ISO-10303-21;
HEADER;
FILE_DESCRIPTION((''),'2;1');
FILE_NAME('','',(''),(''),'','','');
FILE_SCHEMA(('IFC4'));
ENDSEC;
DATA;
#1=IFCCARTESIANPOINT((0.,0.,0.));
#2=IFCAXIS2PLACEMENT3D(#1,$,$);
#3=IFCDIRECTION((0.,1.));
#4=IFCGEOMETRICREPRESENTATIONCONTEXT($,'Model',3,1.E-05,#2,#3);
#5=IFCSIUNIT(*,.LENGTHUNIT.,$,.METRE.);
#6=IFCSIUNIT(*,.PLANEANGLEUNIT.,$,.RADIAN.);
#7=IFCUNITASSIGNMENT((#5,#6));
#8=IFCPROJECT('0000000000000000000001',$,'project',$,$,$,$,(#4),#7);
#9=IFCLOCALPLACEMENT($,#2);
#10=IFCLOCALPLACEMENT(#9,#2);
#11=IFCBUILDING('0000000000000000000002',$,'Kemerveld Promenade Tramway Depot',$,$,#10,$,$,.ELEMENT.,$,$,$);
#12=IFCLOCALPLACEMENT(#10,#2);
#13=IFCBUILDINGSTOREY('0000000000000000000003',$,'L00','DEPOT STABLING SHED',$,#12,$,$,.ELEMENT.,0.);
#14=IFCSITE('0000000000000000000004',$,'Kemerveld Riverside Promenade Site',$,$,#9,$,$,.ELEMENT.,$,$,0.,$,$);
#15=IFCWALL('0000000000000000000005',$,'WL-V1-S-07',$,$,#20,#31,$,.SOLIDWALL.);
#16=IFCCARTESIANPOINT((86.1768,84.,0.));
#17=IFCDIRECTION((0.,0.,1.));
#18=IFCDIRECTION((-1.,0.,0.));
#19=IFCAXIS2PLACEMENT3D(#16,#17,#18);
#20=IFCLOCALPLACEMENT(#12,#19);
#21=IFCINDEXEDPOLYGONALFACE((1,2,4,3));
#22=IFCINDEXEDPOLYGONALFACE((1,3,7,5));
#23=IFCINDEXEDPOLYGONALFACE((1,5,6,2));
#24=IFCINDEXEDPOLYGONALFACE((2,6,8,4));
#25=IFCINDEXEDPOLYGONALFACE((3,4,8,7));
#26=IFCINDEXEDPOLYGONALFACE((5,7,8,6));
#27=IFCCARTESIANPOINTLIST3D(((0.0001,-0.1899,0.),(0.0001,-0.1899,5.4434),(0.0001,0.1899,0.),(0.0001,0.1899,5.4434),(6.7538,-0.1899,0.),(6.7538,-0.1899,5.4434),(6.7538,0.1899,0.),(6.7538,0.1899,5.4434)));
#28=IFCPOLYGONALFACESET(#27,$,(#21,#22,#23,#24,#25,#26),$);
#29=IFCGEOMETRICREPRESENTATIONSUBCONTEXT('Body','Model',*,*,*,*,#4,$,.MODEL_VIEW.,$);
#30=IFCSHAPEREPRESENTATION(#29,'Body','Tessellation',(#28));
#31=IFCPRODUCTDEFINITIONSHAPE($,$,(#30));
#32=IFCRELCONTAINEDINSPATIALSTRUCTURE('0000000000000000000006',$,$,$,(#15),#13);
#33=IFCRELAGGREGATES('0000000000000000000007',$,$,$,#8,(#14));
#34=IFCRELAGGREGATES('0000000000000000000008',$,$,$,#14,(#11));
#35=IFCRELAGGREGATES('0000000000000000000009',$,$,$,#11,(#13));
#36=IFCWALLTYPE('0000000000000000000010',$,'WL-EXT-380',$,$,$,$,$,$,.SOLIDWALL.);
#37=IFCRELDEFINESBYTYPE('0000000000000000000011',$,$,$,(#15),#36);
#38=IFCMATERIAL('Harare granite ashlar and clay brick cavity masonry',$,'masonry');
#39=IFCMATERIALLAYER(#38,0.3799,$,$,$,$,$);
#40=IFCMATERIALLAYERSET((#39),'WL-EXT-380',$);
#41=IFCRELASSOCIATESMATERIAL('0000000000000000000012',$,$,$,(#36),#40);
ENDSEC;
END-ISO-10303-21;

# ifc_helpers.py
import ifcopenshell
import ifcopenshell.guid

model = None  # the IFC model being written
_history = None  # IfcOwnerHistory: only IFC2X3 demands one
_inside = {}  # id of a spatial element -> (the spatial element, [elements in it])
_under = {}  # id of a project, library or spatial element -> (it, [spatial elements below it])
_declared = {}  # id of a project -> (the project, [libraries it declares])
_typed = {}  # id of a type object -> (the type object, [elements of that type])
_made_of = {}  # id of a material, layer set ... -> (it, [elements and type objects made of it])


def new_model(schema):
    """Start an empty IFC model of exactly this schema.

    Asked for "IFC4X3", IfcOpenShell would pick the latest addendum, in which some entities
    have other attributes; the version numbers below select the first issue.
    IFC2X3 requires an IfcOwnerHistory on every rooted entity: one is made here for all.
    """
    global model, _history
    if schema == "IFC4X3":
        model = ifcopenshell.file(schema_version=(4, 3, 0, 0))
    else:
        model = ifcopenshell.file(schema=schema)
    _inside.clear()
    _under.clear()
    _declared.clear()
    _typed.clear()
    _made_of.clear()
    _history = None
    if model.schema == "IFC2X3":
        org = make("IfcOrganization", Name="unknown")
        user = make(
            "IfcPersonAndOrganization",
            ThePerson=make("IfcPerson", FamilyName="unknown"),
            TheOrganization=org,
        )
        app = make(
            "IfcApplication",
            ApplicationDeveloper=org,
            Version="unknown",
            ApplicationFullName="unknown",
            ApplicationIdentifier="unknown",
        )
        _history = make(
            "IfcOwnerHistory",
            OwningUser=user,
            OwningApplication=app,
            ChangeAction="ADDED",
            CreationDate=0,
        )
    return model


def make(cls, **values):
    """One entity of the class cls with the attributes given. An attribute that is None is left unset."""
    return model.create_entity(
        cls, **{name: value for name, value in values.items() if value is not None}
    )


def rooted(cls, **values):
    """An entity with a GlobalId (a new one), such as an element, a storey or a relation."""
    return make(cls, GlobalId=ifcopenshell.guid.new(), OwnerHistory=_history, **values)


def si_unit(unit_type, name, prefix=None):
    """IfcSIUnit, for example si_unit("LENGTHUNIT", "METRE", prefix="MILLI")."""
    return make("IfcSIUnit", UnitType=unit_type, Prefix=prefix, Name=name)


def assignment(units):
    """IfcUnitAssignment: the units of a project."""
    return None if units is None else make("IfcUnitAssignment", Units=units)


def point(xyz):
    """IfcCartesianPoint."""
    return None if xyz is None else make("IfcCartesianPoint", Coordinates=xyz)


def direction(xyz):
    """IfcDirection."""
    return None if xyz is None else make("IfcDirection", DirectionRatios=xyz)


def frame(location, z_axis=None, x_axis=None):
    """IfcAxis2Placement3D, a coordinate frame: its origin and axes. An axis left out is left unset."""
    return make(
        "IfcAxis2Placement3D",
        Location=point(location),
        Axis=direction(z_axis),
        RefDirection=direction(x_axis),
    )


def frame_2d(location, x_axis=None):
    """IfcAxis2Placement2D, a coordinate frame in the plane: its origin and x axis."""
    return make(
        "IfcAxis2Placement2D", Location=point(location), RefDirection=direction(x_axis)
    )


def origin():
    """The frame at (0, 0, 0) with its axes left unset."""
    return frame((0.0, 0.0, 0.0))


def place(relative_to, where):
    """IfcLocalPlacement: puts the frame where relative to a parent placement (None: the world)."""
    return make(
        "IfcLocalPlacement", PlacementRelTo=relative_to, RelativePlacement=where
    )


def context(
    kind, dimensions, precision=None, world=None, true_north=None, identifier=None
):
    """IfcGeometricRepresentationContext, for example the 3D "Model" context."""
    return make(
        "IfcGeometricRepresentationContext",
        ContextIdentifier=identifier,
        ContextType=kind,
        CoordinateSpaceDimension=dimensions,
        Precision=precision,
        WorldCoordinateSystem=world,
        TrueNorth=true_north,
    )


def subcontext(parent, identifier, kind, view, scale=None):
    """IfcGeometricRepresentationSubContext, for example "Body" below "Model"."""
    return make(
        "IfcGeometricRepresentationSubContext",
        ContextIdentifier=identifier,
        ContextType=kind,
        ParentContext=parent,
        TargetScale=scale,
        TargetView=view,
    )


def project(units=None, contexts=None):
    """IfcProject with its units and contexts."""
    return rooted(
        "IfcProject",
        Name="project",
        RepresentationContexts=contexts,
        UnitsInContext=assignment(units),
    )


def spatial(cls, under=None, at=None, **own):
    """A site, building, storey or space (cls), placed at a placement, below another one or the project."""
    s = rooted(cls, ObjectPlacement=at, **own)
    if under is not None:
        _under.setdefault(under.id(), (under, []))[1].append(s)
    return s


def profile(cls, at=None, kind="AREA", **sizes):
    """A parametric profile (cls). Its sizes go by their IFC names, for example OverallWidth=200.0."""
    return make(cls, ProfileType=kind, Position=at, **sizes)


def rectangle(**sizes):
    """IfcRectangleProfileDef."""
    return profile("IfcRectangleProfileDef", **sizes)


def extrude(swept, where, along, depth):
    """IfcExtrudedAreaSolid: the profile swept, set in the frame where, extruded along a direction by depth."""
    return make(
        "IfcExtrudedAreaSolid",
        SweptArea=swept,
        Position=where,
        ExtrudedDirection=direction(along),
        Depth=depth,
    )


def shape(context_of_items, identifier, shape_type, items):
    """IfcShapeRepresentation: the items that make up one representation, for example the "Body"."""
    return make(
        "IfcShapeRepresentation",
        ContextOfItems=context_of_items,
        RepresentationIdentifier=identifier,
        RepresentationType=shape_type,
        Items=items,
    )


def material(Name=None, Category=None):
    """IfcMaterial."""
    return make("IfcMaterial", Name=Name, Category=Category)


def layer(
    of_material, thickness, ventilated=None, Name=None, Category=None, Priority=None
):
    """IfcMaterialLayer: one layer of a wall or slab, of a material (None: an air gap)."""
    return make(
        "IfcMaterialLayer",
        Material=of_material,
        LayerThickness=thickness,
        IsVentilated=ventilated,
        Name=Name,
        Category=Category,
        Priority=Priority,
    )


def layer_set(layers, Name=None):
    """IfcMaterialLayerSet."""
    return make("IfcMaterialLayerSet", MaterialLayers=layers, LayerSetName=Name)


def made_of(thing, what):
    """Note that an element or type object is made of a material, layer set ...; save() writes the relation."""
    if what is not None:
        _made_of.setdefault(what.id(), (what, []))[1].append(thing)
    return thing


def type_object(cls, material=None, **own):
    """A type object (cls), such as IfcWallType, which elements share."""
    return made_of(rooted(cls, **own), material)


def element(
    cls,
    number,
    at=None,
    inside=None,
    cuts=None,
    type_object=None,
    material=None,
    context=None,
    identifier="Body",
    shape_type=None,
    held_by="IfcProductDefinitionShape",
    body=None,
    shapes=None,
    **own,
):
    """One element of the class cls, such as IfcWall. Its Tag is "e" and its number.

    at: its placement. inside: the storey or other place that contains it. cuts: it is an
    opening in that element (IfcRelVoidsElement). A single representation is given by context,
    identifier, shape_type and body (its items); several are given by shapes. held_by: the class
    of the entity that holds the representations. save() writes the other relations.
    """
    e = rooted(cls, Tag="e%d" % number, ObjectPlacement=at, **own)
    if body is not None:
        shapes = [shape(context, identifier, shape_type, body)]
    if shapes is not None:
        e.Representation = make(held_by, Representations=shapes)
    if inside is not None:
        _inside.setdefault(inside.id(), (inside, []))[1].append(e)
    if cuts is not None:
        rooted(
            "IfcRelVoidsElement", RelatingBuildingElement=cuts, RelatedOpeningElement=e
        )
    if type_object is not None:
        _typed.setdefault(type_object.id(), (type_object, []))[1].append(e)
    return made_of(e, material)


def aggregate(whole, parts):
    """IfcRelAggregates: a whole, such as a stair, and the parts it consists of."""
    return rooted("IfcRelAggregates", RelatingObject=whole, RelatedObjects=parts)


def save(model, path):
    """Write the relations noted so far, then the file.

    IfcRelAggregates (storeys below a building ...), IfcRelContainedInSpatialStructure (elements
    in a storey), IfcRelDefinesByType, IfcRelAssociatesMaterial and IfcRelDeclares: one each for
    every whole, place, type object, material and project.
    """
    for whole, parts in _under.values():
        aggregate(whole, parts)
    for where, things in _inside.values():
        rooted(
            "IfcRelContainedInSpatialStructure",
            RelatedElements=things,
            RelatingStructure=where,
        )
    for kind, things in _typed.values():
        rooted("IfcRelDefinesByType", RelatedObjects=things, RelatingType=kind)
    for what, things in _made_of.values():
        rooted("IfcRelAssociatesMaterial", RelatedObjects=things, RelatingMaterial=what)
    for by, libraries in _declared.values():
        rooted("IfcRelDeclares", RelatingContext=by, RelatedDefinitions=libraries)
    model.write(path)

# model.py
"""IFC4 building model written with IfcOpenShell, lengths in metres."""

from ifc_helpers import new_model, si_unit, direction, frame, frame_2d, origin, place, context, subcontext, project, spatial, rectangle, extrude, material, layer, layer_set, type_object, element, save


model = new_model("IFC4")

# Units and contexts
model_context = context("Model", 3, precision=1e-05, world=origin(), true_north=direction((0.0, 1.0)))
body_context = subcontext(model_context, "Body", "Model", "MODEL_VIEW")
ifc_project = project(units=[si_unit("LENGTHUNIT", "METRE"), si_unit("PLANEANGLEUNIT", "RADIAN")], contexts=[model_context])

# Site, building, storey
site_placement = place(None, origin())
site = spatial("IfcSite", under=ifc_project, at=site_placement, Name="Kemerveld Riverside Promenade Site", CompositionType="ELEMENT", RefElevation=0.0)
building_placement = place(site_placement, origin())
building = spatial("IfcBuilding", under=site, at=building_placement, Name="Kemerveld Promenade Tramway Depot", CompositionType="ELEMENT")
storey_placement = place(building_placement, origin())
storey = spatial("IfcBuildingStorey", under=building, at=storey_placement, Name="L00", Description="DEPOT STABLING SHED", CompositionType="ELEMENT", Elevation=0.0)

# Wall
ifc_material_1 = material(Name="Harare granite ashlar and clay brick cavity masonry", Category="masonry")
ifc_layer_1 = layer(ifc_material_1, 0.3799)
ifc_layer_set_1 = layer_set([ifc_layer_1], Name="WL-EXT-380")
wall_type = type_object("IfcWallType", Name="WL-EXT-380", PredefinedType="SOLIDWALL", material=ifc_layer_set_1)
wall_1_placement = place(storey_placement, frame((86.1768, 84.0, 0.0), z_axis=(0.0, 0.0, 1.0), x_axis=(-1.0, 0.0, 0.0)))
element("IfcWall", 1, at=wall_1_placement, inside=storey, type_object=wall_type, Name="WL-V1-S-07", PredefinedType="SOLIDWALL", context=body_context, shape_type="SweptSolid", body=[
    extrude(rectangle(XDim=6.7537, YDim=0.3799, at=frame_2d((3.377, 0.0))), origin(), (0.0, 0.0, 1.0), 5.4434),
])

save(model, "model.ifc")
